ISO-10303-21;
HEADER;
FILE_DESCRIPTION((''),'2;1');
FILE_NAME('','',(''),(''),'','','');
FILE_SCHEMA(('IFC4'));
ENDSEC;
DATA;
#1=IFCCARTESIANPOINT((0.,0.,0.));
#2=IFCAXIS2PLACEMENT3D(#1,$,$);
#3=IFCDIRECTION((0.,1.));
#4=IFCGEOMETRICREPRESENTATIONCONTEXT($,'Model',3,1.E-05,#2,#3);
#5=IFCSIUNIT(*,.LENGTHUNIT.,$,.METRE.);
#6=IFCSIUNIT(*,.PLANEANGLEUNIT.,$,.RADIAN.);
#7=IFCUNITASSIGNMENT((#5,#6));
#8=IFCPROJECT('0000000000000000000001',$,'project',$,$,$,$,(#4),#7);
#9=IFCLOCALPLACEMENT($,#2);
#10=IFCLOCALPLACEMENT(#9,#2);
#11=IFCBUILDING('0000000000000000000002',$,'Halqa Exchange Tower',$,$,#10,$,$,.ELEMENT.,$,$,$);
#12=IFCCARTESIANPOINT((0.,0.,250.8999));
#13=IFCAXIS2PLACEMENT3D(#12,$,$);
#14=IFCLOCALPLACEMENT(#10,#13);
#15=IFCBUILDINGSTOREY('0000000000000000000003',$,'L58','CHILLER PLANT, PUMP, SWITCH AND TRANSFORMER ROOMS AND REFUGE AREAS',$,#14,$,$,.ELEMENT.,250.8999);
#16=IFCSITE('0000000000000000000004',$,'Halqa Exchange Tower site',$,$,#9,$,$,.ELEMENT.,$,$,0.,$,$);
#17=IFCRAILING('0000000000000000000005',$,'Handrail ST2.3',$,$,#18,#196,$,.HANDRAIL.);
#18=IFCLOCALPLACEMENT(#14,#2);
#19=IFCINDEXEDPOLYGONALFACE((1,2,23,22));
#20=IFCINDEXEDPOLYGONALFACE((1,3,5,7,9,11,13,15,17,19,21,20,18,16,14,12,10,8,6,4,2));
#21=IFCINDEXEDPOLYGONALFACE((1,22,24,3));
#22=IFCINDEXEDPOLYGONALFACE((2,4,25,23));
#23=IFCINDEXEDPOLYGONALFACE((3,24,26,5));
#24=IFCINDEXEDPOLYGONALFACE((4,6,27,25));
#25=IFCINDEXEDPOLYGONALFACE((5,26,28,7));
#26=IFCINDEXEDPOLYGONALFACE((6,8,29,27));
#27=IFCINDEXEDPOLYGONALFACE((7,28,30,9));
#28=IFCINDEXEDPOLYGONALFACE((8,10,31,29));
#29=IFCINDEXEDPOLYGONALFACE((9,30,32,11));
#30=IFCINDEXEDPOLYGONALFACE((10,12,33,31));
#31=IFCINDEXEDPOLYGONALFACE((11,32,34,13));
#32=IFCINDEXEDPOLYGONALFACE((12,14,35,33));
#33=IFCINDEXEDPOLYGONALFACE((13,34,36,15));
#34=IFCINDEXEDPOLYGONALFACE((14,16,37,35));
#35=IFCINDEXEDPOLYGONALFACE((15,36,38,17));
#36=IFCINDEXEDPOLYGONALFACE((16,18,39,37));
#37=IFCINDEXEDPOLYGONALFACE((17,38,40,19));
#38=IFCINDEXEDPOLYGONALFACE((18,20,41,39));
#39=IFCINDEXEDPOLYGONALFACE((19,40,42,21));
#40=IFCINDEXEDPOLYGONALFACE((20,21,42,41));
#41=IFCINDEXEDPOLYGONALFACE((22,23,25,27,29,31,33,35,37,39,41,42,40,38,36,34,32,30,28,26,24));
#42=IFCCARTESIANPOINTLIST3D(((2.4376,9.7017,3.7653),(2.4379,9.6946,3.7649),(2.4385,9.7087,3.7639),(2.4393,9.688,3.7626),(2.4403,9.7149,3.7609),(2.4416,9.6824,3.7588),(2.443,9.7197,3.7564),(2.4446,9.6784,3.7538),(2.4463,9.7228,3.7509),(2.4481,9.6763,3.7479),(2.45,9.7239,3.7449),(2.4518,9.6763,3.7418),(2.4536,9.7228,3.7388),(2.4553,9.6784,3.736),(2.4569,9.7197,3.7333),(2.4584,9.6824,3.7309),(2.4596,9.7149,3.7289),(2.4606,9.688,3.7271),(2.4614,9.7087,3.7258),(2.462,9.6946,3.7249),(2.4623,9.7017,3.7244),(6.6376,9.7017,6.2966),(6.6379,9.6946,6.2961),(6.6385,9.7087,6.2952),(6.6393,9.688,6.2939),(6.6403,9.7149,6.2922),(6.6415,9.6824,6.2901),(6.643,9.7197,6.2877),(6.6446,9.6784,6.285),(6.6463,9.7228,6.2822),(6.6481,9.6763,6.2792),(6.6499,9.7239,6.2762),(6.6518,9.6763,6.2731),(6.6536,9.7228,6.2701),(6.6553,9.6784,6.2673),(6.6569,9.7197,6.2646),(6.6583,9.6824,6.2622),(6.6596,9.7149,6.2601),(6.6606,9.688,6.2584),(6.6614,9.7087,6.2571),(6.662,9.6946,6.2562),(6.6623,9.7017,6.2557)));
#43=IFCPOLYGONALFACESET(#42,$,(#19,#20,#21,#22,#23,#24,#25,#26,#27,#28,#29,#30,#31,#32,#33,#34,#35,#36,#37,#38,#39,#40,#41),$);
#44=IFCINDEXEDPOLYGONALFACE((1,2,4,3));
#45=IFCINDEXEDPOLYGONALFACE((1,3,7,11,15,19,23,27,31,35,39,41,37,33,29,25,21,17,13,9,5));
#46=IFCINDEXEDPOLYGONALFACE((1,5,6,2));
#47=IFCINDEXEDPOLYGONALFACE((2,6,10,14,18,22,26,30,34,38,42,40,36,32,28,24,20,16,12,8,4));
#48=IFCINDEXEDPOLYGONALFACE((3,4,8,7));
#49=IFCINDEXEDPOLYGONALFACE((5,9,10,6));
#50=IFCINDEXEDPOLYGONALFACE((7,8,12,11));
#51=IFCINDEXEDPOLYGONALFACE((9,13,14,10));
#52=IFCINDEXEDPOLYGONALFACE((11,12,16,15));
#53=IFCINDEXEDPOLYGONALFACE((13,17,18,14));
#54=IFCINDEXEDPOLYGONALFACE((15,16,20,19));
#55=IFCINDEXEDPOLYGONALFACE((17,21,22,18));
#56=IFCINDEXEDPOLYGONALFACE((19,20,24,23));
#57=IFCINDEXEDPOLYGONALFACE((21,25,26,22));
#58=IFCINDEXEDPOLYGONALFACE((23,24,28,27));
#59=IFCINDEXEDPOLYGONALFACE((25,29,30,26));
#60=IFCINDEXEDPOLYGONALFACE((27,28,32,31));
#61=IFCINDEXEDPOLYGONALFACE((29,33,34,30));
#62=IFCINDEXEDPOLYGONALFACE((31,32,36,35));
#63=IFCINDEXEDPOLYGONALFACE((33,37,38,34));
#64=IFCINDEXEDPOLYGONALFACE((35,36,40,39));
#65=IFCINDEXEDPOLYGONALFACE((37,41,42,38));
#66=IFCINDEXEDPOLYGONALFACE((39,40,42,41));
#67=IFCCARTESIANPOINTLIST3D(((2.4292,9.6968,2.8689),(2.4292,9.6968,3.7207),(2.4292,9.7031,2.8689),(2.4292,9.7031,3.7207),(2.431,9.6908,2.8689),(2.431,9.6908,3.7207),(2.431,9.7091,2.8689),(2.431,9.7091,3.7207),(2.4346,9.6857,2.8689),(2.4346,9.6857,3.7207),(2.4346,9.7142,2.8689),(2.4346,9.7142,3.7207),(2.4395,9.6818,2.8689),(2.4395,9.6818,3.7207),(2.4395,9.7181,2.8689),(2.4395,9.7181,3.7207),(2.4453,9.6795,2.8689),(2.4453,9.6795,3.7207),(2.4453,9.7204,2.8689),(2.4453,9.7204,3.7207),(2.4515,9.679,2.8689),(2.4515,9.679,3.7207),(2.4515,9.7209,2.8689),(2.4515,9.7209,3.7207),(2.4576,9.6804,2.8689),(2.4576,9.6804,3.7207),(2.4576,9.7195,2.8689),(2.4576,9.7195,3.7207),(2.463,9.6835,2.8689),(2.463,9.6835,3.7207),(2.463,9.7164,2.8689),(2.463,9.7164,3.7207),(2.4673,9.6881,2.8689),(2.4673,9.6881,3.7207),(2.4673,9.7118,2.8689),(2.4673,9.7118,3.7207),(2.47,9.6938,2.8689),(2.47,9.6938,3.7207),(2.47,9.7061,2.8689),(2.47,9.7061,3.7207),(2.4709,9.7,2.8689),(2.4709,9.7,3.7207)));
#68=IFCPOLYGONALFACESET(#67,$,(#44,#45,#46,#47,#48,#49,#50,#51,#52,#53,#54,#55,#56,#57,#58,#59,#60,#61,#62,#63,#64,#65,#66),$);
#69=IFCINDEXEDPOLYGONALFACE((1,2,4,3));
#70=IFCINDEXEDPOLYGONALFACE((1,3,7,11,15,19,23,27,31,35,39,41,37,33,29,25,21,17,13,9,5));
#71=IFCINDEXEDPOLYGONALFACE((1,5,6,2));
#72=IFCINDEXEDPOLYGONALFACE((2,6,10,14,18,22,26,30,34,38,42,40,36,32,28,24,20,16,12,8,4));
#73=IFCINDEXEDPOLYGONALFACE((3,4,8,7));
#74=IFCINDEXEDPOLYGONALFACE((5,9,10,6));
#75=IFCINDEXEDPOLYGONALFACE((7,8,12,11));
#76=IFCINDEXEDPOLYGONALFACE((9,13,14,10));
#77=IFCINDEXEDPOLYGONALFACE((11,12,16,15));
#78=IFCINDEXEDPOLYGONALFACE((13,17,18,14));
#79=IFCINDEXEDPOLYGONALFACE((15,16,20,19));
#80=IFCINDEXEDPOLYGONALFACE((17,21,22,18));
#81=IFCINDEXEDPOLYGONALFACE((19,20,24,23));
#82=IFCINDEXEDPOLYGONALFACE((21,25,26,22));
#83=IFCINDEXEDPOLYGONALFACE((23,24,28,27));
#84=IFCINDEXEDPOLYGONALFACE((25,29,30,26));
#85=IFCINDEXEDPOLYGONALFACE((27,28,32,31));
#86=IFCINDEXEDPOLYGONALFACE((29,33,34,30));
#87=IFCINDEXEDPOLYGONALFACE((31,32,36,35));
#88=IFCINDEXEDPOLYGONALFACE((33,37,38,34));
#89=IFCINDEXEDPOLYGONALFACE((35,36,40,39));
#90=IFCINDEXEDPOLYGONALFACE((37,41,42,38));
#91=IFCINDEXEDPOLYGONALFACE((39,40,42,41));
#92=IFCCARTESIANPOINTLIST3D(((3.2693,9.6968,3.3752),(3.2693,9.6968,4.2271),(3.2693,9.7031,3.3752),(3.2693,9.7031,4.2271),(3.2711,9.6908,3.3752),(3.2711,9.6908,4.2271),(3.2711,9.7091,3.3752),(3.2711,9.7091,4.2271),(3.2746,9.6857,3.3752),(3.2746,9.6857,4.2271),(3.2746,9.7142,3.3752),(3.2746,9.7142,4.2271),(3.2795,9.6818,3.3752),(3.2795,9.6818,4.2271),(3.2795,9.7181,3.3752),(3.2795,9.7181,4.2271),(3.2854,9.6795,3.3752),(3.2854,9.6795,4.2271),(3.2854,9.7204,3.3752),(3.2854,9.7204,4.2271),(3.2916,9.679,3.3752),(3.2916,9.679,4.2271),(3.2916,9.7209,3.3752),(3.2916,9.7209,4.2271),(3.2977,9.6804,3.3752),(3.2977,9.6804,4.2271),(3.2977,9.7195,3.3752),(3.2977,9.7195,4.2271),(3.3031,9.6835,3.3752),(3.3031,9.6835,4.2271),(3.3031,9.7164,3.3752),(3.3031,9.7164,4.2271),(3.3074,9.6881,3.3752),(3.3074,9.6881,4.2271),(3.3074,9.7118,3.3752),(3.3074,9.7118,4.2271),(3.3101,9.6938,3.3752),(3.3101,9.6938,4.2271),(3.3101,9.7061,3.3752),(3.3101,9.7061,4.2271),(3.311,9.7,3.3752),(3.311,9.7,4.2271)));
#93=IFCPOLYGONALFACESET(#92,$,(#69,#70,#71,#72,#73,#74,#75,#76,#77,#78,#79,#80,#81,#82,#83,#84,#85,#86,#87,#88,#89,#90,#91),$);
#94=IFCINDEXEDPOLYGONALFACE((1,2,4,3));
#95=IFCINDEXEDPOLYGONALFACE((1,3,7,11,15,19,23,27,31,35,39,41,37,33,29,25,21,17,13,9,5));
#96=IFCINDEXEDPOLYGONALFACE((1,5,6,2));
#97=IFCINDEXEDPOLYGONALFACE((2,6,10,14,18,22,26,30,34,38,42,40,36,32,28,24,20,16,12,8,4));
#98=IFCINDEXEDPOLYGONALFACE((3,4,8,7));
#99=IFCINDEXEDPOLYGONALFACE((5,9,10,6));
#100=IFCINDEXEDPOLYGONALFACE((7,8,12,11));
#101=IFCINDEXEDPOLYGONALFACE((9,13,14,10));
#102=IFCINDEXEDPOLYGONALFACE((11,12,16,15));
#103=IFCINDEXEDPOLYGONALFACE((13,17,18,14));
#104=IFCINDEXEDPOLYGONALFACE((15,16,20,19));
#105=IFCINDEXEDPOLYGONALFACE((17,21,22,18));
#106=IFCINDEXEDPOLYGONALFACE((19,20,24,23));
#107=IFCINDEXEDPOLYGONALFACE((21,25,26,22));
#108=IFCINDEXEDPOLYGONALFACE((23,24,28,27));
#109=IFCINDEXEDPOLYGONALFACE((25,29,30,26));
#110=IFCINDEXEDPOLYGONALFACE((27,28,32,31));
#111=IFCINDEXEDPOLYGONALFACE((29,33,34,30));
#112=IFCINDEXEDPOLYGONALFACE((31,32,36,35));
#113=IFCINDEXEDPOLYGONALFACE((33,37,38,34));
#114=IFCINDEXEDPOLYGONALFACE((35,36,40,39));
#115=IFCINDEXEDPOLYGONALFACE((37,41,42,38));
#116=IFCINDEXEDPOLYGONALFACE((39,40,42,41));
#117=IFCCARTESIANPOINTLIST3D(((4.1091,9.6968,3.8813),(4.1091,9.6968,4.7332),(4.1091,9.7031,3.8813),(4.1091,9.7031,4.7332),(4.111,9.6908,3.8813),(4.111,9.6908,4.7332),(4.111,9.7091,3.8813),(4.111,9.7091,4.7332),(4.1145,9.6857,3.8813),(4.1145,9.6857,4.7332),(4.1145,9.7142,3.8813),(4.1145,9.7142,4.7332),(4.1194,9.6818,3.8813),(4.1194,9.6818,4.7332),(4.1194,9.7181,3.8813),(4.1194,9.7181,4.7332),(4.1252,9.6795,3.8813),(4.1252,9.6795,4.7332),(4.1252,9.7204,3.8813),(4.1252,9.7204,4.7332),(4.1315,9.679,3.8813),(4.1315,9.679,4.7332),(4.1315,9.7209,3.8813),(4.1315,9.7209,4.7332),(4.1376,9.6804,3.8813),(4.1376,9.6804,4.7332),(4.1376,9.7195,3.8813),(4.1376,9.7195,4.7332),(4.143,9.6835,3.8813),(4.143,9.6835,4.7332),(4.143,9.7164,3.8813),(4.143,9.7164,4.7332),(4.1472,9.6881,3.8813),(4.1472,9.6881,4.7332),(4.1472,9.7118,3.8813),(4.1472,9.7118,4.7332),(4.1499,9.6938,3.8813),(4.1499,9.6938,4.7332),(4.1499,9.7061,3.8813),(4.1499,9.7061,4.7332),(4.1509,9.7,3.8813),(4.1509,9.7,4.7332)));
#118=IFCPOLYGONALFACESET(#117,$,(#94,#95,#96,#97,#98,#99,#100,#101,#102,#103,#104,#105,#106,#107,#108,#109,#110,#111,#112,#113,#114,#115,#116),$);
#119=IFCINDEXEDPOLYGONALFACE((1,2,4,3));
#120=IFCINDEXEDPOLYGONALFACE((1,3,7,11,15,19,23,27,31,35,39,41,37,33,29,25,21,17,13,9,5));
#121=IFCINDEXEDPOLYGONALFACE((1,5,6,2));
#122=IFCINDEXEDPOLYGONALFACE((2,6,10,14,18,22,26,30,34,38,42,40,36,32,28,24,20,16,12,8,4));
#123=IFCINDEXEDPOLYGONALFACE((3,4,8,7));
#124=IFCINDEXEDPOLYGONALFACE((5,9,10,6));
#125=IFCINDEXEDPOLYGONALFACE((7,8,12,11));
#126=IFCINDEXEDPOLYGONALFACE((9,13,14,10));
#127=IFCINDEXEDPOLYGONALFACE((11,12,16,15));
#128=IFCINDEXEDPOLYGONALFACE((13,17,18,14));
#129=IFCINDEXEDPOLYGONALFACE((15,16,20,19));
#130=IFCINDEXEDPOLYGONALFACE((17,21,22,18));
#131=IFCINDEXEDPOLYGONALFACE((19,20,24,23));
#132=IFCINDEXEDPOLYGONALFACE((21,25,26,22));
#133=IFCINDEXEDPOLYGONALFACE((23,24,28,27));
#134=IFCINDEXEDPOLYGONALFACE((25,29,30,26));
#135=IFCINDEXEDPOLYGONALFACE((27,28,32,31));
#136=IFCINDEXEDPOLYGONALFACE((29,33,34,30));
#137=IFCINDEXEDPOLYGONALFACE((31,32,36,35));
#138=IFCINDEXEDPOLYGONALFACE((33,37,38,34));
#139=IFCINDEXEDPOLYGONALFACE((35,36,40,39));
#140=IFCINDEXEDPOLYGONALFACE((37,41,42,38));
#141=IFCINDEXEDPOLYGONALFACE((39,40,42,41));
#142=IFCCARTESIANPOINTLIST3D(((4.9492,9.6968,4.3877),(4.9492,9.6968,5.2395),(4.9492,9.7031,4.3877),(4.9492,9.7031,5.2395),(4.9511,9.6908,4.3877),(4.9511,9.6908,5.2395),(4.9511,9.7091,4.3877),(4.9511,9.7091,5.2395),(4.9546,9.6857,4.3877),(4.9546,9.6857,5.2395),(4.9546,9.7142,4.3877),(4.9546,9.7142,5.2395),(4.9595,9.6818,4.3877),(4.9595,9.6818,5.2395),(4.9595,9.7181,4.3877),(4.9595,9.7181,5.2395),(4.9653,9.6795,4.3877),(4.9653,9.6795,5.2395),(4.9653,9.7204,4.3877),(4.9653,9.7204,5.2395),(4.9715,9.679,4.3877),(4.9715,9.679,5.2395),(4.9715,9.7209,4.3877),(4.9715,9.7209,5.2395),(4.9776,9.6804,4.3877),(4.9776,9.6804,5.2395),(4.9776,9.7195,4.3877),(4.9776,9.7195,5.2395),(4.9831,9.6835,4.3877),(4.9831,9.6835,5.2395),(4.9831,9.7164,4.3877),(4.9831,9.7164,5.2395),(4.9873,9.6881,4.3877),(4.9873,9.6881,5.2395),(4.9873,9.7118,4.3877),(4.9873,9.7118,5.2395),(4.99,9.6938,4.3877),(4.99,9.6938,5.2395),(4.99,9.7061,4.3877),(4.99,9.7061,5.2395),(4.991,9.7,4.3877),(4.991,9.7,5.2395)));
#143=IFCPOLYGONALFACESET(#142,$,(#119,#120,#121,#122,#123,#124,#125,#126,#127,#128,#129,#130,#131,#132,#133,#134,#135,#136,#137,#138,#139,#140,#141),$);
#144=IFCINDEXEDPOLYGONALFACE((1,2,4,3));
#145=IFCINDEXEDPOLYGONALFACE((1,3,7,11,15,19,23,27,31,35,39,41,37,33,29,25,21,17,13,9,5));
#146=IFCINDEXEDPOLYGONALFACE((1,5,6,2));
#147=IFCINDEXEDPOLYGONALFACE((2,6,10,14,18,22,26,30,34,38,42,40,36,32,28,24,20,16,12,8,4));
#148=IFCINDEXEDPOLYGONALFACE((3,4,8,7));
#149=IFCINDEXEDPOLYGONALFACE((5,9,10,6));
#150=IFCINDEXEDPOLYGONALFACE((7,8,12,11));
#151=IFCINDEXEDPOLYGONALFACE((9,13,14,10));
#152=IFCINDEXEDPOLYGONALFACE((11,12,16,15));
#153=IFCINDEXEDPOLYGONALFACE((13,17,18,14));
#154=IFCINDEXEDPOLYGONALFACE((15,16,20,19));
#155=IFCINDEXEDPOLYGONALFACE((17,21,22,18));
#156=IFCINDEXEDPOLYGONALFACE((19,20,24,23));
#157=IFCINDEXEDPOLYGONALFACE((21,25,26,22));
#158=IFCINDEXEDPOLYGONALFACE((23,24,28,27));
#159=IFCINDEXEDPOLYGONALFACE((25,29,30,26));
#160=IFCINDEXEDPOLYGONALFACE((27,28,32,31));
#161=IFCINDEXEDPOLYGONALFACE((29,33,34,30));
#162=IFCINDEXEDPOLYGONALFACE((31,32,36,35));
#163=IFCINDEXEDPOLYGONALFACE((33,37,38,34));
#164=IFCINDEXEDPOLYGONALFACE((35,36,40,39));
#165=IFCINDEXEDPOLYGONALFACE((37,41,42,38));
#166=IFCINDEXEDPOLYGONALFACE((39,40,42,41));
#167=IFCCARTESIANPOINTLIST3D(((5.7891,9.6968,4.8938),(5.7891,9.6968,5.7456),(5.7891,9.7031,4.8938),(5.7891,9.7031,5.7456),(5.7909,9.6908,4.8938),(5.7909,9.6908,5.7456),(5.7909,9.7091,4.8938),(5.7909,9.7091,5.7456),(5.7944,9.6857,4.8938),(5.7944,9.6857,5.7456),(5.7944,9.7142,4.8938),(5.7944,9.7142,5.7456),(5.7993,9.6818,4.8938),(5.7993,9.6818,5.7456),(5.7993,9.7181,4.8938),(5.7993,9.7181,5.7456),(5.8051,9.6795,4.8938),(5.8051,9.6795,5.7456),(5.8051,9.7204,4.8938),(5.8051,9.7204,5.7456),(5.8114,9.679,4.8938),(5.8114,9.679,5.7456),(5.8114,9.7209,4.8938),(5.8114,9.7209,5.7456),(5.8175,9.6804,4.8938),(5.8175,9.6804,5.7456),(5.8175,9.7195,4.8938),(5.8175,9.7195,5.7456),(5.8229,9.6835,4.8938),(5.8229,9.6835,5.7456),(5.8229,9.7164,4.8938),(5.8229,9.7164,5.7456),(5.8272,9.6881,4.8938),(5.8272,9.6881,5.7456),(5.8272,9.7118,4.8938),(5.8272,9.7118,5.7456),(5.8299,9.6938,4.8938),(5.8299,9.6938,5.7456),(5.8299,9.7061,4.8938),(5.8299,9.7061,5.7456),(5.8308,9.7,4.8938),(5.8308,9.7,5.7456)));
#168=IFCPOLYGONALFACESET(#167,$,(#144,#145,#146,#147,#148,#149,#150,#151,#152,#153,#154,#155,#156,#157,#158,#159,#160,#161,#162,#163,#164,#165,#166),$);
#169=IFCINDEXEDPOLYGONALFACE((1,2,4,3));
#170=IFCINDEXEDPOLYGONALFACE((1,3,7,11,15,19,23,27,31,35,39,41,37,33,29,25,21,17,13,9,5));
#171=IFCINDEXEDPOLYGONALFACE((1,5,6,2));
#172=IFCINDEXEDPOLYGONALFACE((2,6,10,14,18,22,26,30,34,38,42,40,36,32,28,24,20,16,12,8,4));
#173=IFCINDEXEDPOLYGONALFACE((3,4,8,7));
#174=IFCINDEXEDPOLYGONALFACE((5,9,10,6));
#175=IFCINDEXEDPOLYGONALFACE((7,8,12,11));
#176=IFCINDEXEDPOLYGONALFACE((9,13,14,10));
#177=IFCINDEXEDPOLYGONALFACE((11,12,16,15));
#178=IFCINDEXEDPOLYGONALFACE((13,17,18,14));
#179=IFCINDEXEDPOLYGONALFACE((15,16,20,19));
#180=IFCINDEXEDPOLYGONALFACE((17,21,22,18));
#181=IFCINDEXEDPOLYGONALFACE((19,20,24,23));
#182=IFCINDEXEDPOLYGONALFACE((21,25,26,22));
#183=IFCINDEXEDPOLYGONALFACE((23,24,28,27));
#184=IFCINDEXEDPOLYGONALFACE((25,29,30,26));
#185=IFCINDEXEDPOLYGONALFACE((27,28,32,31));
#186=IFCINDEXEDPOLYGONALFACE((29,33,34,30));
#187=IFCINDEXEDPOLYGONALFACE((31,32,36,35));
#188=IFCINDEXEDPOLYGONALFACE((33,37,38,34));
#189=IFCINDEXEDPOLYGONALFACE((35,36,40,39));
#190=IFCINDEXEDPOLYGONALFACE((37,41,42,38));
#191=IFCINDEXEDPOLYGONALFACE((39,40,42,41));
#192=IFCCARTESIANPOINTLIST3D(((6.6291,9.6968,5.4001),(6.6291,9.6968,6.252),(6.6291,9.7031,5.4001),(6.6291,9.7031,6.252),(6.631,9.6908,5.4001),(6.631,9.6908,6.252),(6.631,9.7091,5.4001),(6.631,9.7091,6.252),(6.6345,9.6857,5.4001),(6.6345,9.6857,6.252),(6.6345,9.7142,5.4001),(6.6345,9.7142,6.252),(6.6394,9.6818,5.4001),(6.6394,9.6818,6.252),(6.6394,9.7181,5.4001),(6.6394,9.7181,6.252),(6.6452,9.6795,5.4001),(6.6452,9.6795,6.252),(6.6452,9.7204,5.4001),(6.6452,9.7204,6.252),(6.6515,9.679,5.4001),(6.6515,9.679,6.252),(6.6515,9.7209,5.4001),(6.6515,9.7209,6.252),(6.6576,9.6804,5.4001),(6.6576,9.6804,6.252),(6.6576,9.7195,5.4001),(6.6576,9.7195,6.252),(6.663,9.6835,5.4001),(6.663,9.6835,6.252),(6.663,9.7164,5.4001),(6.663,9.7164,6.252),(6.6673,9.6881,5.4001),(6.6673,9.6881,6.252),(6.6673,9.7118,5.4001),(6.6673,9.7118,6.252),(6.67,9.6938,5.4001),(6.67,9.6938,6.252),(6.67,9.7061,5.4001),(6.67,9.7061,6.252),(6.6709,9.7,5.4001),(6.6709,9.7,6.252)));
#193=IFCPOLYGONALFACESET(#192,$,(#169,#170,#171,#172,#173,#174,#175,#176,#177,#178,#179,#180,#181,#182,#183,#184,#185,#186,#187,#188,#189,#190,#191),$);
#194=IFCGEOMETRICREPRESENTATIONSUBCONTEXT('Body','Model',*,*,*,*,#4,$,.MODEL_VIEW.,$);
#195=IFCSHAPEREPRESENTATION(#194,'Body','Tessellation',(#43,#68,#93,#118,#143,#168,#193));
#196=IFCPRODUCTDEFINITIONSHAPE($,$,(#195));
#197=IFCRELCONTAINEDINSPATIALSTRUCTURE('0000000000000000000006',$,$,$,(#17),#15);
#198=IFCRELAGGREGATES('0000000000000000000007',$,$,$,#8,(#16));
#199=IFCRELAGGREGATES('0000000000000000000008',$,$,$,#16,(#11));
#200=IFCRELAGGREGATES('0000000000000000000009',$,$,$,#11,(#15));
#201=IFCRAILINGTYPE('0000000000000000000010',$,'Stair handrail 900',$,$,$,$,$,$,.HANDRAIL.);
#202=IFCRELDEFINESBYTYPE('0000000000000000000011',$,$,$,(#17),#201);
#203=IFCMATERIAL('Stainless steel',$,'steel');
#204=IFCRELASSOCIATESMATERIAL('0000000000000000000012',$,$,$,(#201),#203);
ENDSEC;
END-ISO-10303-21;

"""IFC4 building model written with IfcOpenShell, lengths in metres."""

from ifc_helpers import new_model, si_unit, direction, frame, origin, origin_2d, place, context, subcontext, project, spatial, circle, extrude, material, type_object, element, save


model = new_model("IFC4")

# Units and contexts
model_context = context("Model", 3, precision=1e-05, world=origin(), true_north=direction((0.0, 1.0)))
body_context = subcontext(model_context, "Body", "Model", "MODEL_VIEW")
ifc_project = project(units=[si_unit("LENGTHUNIT", "METRE"), si_unit("PLANEANGLEUNIT", "RADIAN")], contexts=[model_context])

# Site, building, storey
site_placement = place(None, origin())
site = spatial("IfcSite", under=ifc_project, at=site_placement, Name="Halqa Exchange Tower site", CompositionType="ELEMENT", RefElevation=0.0)
building_placement = place(site_placement, origin())
building = spatial("IfcBuilding", under=site, at=building_placement, Name="Halqa Exchange Tower", CompositionType="ELEMENT")
storey_placement = place(building_placement, frame((0.0, 0.0, 250.8999)))
storey = spatial("IfcBuildingStorey", under=building, at=storey_placement, Name="L58", Description="CHILLER PLANT, PUMP, SWITCH AND TRANSFORMER ROOMS AND REFUGE AREAS", CompositionType="ELEMENT", Elevation=250.8999)

# Railing
ifc_material_1 = material(Name="Stainless steel", Category="steel")
railing_type_1 = type_object("IfcRailingType", Name="Stair handrail 900", PredefinedType="HANDRAIL", material=ifc_material_1)
railing_1_placement = place(storey_placement, frame((2.45, 9.7, 2.8689)))
element("IfcRailing", 1, at=railing_1_placement, inside=storey, type_object=railing_type_1, Name="Handrail ST2.3", PredefinedType="HANDRAIL", context=body_context, shape_type="SweptSolid", body=[
    extrude(circle(Radius=0.0239, at=origin_2d()), frame((0.0, 0.0, 0.876), z_axis=(0.856476, 0.0, 0.516186), x_axis=(0.0, 1.0, 0.0)), (0.0, 0.0, 1.0), 4.9038),
    extrude(circle(Radius=0.021, at=origin_2d()), origin(), (0.0, 0.0, 1.0), 0.8518),
    extrude(circle(Radius=0.021, at=origin_2d()), frame((0.8401, 0.0, 0.5063)), (0.0, 0.0, 1.0), 0.8518),
    extrude(circle(Radius=0.021, at=origin_2d()), frame((1.6799, 0.0, 1.0125)), (0.0, 0.0, 1.0), 0.8518),
    extrude(circle(Radius=0.021, at=origin_2d()), frame((2.52, 0.0, 1.5188)), (0.0, 0.0, 1.0), 0.8518),
    extrude(circle(Radius=0.021, at=origin_2d()), frame((3.3599, 0.0, 2.0249)), (0.0, 0.0, 1.0), 0.8518),
    extrude(circle(Radius=0.021, at=origin_2d()), frame((4.2, 0.0, 2.5312)), (0.0, 0.0, 1.0), 0.8518),
])

save(model, "model.ifc")
